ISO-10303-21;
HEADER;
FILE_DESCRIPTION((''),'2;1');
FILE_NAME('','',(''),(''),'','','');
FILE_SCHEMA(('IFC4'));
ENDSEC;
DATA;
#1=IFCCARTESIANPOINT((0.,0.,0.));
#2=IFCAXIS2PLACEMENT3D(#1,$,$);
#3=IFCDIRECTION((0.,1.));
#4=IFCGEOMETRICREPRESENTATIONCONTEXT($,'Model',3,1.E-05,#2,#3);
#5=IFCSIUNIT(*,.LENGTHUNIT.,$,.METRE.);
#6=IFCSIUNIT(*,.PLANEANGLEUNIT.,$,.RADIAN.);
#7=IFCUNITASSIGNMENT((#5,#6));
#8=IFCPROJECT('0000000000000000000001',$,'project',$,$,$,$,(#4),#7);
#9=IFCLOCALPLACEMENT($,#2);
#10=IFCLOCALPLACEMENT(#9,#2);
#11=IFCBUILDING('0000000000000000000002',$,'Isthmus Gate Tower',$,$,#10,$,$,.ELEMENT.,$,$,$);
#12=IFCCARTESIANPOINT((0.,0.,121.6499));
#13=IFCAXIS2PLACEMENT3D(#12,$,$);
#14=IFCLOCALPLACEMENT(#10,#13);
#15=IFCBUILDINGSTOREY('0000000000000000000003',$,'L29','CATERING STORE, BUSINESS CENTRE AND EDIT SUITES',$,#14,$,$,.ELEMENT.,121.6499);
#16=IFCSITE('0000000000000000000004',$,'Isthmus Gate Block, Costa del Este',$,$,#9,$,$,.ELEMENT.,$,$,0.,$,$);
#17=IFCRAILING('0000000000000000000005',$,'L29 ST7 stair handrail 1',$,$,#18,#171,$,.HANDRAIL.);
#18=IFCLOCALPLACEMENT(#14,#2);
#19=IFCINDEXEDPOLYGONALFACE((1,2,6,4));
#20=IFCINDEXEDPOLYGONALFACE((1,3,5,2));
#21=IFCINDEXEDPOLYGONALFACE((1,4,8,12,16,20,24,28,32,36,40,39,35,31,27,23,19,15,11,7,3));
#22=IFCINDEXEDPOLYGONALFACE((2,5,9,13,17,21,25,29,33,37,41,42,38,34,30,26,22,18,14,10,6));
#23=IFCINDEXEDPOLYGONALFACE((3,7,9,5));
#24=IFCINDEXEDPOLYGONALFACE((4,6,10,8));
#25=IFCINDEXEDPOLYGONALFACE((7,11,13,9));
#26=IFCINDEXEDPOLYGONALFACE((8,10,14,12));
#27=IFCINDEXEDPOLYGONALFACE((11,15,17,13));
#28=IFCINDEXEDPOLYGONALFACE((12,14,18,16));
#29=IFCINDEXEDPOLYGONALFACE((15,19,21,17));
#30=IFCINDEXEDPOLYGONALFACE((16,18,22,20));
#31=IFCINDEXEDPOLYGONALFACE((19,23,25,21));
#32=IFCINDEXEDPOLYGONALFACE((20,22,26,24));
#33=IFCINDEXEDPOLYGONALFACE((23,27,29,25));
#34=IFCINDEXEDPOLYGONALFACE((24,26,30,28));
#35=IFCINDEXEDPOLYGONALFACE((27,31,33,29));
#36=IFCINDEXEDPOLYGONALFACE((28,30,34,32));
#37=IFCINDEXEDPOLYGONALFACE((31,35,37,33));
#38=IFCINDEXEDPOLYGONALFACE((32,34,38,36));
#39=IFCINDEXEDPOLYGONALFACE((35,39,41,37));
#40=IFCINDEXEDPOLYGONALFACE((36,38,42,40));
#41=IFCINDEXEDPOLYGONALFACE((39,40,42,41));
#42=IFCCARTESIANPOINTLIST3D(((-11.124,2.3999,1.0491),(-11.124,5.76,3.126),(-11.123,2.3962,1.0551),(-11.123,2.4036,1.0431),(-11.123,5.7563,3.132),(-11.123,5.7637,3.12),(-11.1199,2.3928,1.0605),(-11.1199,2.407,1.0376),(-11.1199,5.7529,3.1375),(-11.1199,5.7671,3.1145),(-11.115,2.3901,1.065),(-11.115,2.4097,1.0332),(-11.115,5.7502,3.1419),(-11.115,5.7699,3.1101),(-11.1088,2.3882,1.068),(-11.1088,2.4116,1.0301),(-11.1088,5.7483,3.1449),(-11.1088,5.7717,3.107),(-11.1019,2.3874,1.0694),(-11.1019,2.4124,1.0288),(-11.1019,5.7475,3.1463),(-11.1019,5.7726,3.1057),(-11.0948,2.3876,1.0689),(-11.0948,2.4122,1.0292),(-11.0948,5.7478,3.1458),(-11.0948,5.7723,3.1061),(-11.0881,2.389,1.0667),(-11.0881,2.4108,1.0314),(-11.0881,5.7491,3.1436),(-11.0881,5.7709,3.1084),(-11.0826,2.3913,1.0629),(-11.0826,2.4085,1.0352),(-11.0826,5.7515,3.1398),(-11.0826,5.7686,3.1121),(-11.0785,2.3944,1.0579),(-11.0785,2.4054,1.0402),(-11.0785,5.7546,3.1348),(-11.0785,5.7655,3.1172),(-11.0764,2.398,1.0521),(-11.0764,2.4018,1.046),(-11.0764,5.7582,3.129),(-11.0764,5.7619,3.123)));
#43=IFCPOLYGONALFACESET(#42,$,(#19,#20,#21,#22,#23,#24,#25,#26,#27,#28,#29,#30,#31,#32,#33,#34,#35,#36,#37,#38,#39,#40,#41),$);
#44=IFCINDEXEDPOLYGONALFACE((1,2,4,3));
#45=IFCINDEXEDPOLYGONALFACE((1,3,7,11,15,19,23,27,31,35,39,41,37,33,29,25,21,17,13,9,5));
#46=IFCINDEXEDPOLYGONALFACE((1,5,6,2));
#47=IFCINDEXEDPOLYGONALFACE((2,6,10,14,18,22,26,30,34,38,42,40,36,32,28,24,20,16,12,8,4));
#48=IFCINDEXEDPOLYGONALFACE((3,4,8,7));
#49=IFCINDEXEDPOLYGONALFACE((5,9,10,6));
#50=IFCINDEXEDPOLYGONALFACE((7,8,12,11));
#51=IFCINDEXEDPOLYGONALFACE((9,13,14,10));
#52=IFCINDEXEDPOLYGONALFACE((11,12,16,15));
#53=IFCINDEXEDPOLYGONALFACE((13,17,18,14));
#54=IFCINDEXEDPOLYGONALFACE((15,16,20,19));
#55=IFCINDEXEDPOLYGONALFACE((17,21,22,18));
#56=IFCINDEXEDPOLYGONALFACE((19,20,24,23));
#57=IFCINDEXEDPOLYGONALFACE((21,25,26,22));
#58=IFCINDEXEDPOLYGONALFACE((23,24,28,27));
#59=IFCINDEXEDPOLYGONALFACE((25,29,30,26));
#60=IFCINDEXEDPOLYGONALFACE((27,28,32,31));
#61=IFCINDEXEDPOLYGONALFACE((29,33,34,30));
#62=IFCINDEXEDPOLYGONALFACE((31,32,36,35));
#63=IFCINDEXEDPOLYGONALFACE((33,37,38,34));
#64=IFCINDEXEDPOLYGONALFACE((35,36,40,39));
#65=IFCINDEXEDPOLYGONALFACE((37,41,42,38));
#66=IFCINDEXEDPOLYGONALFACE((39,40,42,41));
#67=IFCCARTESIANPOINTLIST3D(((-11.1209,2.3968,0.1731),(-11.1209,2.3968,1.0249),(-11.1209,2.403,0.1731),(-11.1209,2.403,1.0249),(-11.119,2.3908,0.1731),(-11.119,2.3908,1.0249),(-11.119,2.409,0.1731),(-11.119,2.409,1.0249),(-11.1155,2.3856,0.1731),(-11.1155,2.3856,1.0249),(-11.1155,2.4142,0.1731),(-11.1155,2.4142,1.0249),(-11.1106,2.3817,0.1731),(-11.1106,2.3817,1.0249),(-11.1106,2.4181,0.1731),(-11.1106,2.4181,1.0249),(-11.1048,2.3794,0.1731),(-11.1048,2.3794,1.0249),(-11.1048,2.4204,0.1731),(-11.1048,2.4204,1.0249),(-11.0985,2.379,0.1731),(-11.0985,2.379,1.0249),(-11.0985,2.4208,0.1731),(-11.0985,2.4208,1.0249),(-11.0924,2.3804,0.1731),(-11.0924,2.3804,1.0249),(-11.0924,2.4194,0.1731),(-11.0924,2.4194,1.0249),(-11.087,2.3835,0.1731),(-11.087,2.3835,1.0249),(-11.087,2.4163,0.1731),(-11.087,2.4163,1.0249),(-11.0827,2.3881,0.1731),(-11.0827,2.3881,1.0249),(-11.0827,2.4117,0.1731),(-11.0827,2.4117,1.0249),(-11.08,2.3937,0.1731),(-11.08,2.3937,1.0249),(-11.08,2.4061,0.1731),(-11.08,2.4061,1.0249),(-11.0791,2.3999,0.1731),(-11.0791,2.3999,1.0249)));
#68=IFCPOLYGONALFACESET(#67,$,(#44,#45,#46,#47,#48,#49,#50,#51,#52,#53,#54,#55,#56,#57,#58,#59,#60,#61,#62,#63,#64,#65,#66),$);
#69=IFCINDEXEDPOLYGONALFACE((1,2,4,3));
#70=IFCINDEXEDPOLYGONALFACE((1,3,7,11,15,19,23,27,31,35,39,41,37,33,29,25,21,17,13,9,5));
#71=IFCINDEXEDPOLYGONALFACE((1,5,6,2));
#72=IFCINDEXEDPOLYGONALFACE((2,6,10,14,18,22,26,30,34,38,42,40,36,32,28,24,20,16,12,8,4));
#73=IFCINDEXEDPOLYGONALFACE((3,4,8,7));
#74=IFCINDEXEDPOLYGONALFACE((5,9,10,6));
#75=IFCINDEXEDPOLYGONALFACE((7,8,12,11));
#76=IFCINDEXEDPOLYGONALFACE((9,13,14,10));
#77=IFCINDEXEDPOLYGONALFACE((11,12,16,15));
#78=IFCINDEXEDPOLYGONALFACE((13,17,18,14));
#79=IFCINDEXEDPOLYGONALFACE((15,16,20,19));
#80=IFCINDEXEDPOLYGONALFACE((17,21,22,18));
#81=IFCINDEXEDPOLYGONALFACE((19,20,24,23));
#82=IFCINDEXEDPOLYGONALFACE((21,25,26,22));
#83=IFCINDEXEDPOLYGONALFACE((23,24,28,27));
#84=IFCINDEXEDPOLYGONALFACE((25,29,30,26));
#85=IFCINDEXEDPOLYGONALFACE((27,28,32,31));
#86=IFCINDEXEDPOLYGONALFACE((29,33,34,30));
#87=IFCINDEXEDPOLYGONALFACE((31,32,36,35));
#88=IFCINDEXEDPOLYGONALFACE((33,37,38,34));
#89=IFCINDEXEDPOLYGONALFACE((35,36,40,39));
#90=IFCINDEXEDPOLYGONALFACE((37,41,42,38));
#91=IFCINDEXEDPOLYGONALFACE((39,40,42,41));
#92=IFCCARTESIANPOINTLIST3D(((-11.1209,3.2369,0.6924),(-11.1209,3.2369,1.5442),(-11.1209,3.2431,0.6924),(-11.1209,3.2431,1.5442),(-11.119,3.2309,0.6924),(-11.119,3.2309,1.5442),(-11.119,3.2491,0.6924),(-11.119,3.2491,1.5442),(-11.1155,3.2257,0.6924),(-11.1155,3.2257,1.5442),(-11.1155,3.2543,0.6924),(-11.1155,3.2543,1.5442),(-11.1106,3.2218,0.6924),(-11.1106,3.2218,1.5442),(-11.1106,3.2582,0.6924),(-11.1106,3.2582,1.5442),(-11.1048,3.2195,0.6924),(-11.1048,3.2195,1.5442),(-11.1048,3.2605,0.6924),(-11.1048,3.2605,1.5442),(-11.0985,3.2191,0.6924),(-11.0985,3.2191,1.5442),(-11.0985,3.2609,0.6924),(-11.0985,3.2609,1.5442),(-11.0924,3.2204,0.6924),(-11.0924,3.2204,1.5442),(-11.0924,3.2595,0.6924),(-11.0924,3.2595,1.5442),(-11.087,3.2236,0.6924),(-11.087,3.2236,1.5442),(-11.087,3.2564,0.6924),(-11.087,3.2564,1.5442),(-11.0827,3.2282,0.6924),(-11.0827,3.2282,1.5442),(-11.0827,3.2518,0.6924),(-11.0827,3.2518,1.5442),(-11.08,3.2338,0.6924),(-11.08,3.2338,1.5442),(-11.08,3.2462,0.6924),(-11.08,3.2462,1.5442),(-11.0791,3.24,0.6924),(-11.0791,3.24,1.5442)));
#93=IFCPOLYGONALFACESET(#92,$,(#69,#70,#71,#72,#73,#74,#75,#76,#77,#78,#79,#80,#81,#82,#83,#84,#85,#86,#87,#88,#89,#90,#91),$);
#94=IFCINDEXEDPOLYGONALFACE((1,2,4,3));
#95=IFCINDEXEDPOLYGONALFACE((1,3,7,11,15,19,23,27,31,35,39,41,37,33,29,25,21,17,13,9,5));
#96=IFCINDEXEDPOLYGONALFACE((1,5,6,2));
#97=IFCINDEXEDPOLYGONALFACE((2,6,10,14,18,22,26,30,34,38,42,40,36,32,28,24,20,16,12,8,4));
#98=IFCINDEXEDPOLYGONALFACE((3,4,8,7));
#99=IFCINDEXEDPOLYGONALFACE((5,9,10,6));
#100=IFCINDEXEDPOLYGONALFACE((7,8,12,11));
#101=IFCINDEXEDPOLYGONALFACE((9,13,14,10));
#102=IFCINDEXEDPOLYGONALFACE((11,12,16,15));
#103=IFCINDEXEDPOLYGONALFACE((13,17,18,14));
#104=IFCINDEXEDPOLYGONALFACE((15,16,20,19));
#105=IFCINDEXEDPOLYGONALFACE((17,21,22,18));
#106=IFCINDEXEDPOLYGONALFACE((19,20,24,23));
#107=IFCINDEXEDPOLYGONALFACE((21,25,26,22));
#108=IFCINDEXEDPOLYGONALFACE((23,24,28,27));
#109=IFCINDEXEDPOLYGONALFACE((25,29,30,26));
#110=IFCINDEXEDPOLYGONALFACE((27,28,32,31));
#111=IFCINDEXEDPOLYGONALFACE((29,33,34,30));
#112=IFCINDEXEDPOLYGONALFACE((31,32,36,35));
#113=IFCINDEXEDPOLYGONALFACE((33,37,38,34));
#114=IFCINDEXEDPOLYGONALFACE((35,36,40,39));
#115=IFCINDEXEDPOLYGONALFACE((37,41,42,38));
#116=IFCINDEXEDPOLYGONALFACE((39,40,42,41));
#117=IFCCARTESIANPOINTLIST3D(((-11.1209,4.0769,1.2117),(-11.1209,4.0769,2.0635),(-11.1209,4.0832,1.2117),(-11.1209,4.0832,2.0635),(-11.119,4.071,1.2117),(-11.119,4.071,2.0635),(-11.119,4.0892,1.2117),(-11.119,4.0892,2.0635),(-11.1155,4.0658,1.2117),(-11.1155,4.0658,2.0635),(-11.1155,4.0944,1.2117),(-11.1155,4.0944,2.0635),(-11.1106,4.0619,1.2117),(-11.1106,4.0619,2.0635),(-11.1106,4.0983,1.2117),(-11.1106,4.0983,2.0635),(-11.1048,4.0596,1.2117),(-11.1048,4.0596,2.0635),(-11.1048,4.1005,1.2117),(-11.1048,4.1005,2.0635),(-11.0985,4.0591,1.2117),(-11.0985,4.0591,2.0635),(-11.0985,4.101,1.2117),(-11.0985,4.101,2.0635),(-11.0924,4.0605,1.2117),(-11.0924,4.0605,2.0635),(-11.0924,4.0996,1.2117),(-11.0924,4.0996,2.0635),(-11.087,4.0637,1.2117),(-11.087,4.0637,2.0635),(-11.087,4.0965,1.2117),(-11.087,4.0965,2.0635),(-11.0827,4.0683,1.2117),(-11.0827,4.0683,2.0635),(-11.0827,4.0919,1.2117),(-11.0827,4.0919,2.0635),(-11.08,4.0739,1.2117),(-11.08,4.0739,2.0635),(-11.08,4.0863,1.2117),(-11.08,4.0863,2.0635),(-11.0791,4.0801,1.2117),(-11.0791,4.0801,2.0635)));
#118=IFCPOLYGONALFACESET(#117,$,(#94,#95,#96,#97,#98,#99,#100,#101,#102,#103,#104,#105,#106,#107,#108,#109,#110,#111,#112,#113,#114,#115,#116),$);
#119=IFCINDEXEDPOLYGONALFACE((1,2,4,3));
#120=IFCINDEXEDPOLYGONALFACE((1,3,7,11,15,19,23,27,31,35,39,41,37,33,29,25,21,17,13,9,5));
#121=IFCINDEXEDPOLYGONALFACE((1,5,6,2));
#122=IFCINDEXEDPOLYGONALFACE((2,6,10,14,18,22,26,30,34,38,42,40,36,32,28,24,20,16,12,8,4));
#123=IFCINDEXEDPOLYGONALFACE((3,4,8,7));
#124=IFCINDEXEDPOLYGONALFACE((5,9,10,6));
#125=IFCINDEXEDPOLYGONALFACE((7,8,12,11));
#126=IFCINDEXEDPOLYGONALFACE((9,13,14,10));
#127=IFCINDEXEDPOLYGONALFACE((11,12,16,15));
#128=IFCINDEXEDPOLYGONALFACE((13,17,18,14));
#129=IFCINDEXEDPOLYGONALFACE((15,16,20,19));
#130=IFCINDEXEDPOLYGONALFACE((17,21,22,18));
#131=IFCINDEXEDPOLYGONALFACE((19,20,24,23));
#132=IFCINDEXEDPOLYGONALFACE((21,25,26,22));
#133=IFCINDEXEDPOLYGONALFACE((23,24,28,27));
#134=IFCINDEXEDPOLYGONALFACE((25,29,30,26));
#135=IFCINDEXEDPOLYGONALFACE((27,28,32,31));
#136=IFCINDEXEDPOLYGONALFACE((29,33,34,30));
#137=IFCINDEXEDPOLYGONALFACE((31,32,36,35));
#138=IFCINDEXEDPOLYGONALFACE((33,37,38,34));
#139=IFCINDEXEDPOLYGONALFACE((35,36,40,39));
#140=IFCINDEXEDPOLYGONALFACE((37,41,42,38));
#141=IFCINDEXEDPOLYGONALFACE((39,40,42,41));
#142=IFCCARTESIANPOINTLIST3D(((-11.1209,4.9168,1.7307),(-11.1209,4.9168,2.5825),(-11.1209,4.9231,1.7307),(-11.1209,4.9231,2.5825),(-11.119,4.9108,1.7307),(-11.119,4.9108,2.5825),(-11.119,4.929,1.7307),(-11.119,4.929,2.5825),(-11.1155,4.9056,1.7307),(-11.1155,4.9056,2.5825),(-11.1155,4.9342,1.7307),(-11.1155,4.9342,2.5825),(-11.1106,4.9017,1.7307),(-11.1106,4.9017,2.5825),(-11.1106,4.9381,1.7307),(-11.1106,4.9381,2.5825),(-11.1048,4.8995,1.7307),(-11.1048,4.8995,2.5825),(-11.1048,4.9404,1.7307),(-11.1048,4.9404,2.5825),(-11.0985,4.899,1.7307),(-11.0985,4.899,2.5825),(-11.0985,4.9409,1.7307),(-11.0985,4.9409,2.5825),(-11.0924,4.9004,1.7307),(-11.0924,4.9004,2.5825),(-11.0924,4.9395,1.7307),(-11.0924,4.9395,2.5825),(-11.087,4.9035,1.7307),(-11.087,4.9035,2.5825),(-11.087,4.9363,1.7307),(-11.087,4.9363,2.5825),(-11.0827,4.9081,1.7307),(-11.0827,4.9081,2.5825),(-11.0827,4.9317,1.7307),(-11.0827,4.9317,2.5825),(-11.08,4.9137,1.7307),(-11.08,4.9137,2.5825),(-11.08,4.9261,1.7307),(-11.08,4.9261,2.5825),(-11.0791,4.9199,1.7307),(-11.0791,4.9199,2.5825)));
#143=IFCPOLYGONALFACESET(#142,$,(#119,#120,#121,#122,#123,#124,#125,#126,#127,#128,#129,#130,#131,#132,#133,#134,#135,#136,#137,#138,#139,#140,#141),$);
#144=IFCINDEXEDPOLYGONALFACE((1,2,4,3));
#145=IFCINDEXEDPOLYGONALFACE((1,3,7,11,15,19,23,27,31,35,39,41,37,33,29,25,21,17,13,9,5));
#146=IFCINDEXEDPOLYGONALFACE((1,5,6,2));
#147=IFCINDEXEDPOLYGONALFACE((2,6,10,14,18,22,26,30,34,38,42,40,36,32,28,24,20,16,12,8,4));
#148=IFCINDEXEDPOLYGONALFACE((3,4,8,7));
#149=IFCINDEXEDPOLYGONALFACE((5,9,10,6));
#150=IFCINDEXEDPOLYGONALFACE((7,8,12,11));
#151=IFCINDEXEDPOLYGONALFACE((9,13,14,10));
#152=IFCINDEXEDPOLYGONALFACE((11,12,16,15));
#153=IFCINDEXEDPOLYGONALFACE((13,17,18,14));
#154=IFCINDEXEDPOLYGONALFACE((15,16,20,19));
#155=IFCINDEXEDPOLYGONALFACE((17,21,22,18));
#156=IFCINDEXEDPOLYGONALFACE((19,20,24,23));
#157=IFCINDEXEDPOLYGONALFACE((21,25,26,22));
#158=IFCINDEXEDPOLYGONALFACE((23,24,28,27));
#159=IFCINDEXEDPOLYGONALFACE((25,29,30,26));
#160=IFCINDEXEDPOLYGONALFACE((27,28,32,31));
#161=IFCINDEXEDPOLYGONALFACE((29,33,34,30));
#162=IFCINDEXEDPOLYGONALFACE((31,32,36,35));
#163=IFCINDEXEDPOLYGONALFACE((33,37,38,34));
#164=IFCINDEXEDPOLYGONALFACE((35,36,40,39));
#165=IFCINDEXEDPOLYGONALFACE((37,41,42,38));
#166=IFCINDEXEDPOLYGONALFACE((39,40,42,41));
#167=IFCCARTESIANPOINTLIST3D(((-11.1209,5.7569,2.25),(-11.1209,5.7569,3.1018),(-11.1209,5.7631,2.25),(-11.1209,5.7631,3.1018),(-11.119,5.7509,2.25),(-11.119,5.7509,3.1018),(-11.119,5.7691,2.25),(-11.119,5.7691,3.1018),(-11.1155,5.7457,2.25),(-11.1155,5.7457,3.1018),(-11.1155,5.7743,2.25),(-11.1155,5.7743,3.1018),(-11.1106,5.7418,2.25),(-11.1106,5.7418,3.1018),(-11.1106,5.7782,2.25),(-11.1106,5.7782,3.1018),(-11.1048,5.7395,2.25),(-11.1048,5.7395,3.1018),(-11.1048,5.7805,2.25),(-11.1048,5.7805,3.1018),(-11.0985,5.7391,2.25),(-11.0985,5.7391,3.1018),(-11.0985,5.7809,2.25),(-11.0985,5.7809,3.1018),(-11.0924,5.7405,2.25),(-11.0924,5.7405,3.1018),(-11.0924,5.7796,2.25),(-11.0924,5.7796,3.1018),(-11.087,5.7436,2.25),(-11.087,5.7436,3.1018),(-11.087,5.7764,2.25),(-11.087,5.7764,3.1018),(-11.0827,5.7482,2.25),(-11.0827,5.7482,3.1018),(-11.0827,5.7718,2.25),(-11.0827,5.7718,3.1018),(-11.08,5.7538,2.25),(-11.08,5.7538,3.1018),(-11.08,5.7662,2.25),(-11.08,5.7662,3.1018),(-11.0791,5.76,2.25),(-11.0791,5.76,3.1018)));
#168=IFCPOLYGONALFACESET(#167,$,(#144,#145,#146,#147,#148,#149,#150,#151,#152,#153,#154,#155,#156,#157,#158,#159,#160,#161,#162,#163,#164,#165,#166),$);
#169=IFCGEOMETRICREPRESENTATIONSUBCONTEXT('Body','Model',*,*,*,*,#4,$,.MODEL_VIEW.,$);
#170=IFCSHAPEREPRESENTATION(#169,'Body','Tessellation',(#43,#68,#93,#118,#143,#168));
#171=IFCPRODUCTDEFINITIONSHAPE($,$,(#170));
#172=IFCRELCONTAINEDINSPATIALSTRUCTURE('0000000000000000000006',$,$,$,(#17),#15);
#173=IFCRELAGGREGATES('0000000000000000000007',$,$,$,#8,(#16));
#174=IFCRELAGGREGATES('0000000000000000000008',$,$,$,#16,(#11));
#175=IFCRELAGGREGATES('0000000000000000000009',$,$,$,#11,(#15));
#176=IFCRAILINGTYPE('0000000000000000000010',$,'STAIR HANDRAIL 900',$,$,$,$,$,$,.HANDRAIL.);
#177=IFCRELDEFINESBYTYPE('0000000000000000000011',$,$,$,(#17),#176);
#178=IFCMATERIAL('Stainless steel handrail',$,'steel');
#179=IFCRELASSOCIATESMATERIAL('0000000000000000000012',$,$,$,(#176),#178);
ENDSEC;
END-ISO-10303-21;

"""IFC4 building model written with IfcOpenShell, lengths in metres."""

from ifc_helpers import new_model, si_unit, direction, frame, origin, origin_2d, place, context, subcontext, project, spatial, circle, extrude, material, type_object, element, save


model = new_model("IFC4")

# Units and contexts
model_context = context("Model", 3, precision=1e-05, world=origin(), true_north=direction((0.0, 1.0)))
body_context = subcontext(model_context, "Body", "Model", "MODEL_VIEW")
ifc_project = project(units=[si_unit("LENGTHUNIT", "METRE"), si_unit("PLANEANGLEUNIT", "RADIAN")], contexts=[model_context])

# Site, building, storey
site_placement = place(None, origin())
site = spatial("IfcSite", under=ifc_project, at=site_placement, Name="Isthmus Gate Block, Costa del Este", CompositionType="ELEMENT", RefElevation=0.0)
building_placement = place(site_placement, origin())
building = spatial("IfcBuilding", under=site, at=building_placement, Name="Isthmus Gate Tower", CompositionType="ELEMENT")
storey_placement = place(building_placement, frame((0.0, 0.0, 121.6499)))
storey = spatial("IfcBuildingStorey", under=building, at=storey_placement, Name="L29", Description="CATERING STORE, BUSINESS CENTRE AND EDIT SUITES", CompositionType="ELEMENT", Elevation=121.6499)

# Railing
ifc_material_1 = material(Name="Stainless steel handrail", Category="steel")
railing_type_1 = type_object("IfcRailingType", Name="STAIR HANDRAIL 900", PredefinedType="HANDRAIL", material=ifc_material_1)
railing_1_placement = place(storey_placement, frame((-11.1001, 2.3999, 0.1731)))
element("IfcRailing", 1, at=railing_1_placement, inside=storey, type_object=railing_type_1, Name="L29 ST7 stair handrail 1", PredefinedType="HANDRAIL", context=body_context, shape_type="SweptSolid", body=[
    extrude(circle(Radius=0.0239, at=origin_2d()), frame((0.0, 0.0, 0.876), z_axis=(0.0, 0.850623, 0.525776), x_axis=(-1.0, 0.0, 0.0)), (0.0, 0.0, 1.0), 3.9502),
    extrude(circle(Radius=0.021, at=origin_2d()), origin(), (0.0, 0.0, 1.0), 0.8518),
    extrude(circle(Radius=0.021, at=origin_2d()), frame((0.0, 0.8401, 0.5193)), (0.0, 0.0, 1.0), 0.8518),
    extrude(circle(Radius=0.021, at=origin_2d()), frame((0.0, 1.6802, 1.0386)), (0.0, 0.0, 1.0), 0.8518),
    extrude(circle(Radius=0.021, at=origin_2d()), frame((0.0, 2.52, 1.5576)), (0.0, 0.0, 1.0), 0.8518),
    extrude(circle(Radius=0.021, at=origin_2d()), frame((0.0, 3.3601, 2.0769)), (0.0, 0.0, 1.0), 0.8518),
])

save(model, "model.ifc")
